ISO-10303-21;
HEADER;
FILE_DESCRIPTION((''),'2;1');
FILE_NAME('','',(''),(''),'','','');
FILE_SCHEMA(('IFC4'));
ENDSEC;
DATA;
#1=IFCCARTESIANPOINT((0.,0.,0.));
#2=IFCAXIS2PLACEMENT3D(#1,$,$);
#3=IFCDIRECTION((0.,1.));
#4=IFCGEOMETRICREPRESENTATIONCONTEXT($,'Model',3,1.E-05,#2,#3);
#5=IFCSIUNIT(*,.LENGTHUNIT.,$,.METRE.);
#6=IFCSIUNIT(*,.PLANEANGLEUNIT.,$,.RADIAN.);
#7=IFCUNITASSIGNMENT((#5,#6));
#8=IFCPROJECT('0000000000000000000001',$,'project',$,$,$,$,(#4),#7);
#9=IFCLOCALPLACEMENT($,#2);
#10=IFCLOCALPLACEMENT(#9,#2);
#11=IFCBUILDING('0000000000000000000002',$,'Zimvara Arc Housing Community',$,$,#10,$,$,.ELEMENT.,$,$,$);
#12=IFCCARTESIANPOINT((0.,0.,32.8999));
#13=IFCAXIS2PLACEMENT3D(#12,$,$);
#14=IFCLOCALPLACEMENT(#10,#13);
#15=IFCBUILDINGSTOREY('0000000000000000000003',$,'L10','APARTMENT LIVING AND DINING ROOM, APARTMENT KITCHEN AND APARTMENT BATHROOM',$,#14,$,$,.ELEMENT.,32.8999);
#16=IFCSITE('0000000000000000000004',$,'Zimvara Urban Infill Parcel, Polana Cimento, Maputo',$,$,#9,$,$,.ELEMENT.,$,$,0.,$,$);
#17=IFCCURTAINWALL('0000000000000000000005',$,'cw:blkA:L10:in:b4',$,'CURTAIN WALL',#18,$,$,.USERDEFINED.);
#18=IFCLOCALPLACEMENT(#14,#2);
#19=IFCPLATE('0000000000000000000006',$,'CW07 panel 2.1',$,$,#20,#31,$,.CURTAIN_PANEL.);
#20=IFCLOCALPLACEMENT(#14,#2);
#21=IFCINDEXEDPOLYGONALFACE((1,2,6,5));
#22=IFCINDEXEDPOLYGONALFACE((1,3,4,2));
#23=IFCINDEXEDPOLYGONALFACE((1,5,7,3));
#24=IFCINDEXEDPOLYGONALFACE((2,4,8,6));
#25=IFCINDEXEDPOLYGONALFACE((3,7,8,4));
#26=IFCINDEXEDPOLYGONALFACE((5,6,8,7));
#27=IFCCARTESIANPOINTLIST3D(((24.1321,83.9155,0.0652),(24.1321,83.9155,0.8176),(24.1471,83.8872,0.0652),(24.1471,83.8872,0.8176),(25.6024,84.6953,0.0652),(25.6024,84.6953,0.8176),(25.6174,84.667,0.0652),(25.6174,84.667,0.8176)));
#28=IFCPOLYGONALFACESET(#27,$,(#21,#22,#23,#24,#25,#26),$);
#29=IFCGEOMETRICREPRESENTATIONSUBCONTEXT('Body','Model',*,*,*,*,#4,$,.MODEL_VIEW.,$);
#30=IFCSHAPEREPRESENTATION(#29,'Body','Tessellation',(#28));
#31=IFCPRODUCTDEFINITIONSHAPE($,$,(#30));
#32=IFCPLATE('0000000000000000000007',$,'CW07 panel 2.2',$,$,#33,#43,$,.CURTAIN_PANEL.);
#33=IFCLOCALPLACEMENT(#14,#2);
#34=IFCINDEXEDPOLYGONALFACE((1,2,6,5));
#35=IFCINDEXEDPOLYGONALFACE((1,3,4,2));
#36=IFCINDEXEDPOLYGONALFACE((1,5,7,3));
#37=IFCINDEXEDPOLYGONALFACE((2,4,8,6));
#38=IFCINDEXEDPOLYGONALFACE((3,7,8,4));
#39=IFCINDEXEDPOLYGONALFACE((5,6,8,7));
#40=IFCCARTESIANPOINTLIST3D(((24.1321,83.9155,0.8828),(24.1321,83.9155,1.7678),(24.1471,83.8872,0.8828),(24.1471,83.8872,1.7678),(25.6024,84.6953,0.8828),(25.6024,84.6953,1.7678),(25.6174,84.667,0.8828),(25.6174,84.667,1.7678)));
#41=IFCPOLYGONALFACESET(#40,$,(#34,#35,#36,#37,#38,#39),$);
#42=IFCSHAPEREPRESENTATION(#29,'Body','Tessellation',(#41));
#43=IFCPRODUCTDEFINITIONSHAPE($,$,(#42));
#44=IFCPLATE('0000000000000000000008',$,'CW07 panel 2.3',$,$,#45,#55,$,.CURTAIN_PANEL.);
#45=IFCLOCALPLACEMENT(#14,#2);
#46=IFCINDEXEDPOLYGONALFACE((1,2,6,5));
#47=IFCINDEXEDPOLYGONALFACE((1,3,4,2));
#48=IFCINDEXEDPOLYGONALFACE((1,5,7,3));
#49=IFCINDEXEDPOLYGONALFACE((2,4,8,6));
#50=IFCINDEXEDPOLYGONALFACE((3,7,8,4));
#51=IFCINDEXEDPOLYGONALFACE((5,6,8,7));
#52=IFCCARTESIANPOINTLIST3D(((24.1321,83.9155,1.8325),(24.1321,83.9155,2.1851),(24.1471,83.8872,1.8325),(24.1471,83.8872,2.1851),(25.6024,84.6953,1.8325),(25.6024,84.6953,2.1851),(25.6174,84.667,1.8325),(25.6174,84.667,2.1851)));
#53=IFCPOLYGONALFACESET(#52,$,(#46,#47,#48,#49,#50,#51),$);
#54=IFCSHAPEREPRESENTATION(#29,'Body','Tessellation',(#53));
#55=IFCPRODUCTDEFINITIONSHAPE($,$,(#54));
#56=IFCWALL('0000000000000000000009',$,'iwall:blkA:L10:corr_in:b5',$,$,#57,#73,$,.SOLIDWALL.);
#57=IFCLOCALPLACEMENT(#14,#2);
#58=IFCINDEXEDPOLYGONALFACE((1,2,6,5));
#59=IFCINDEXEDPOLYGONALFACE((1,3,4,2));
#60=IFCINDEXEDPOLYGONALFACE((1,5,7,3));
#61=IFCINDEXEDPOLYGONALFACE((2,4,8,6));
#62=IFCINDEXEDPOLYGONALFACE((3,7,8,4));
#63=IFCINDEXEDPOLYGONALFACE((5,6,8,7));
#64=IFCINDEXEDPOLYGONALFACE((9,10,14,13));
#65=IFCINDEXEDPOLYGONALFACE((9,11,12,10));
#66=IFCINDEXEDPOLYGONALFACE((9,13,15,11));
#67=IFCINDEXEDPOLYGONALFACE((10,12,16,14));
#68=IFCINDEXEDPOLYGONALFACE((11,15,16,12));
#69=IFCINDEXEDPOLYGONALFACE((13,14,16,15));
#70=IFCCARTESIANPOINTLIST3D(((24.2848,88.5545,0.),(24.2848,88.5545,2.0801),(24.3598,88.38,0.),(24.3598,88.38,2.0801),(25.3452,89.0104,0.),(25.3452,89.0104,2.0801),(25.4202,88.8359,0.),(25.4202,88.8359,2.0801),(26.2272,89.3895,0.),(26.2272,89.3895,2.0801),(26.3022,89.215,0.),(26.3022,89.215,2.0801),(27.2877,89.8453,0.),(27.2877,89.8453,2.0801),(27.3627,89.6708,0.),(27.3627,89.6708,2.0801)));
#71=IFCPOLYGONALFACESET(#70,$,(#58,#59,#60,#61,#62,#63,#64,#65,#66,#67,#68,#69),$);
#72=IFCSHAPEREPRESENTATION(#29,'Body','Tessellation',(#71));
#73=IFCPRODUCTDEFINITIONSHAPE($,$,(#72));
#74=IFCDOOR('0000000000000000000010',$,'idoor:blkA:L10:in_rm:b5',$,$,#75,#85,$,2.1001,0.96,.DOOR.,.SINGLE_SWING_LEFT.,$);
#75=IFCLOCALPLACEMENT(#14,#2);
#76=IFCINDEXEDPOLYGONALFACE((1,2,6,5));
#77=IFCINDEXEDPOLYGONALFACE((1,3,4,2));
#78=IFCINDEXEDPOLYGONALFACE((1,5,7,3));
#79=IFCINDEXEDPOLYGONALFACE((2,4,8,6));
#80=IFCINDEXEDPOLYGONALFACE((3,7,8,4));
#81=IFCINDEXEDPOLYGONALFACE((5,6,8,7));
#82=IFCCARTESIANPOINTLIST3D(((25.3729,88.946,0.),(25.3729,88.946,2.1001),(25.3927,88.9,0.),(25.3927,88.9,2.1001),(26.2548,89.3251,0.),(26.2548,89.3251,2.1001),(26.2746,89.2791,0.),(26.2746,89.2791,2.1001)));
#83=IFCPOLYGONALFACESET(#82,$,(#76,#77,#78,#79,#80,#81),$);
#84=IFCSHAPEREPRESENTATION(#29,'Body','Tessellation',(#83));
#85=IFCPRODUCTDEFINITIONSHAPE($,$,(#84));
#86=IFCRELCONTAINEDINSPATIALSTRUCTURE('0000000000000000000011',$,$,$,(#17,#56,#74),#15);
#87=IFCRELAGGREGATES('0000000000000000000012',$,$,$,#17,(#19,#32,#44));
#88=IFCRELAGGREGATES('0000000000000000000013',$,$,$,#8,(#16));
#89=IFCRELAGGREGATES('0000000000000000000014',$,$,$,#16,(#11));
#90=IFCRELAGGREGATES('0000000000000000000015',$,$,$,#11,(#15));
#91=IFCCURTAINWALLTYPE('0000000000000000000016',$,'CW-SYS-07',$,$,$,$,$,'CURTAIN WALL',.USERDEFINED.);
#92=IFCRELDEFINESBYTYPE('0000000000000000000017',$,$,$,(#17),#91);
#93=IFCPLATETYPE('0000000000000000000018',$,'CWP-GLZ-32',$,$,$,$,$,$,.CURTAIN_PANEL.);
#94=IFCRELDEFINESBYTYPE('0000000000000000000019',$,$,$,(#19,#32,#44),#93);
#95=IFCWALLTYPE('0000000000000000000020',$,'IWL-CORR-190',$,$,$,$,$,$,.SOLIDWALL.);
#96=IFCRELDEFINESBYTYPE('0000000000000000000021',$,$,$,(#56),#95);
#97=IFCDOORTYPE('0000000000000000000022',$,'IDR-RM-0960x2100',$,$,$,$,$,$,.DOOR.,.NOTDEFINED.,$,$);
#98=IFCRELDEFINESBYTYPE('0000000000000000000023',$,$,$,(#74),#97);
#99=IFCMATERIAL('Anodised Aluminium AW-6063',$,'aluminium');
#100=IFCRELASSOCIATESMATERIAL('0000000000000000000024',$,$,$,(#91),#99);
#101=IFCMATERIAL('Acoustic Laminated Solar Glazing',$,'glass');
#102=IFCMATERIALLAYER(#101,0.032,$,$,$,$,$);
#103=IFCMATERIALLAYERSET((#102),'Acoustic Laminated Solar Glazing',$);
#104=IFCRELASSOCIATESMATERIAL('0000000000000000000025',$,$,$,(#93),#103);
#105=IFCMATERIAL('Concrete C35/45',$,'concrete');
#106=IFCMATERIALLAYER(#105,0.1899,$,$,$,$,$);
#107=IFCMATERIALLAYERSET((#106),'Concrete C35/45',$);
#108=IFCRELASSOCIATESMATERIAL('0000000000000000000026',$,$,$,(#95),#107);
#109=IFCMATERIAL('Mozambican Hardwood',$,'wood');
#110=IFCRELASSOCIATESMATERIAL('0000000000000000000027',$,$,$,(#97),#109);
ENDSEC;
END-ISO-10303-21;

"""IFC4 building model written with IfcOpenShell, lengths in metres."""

from ifc_helpers import new_model, si_unit, direction, frame, frame_2d, origin, origin_2d, place, context, subcontext, project, spatial, rectangle, extrude, material, layer, layer_set, type_object, element, fill, aggregate, save


model = new_model("IFC4")

# Units and contexts
model_context = context("Model", 3, precision=1e-05, world=origin(), true_north=direction((0.0, 1.0)))
body_context = subcontext(model_context, "Body", "Model", "MODEL_VIEW")
ifc_project = project(units=[si_unit("LENGTHUNIT", "METRE"), si_unit("PLANEANGLEUNIT", "RADIAN")], contexts=[model_context])

# Site, building, storey
site_placement = place(None, origin())
site = spatial("IfcSite", under=ifc_project, at=site_placement, Name="Zimvara Urban Infill Parcel, Polana Cimento, Maputo", CompositionType="ELEMENT", RefElevation=0.0)
building_placement = place(site_placement, origin())
building = spatial("IfcBuilding", under=site, at=building_placement, Name="Zimvara Arc Housing Community", CompositionType="ELEMENT")
storey_placement = place(building_placement, frame((0.0, 0.0, 32.8999)))
storey = spatial("IfcBuildingStorey", under=building, at=storey_placement, Name="L10", Description="APARTMENT LIVING AND DINING ROOM, APARTMENT KITCHEN AND APARTMENT BATHROOM", CompositionType="ELEMENT", Elevation=32.8999)

# Curtain wall, plates
ifc_material_1 = material(Name="Anodised Aluminium AW-6063", Category="aluminium")
curtain_wall_type = type_object("IfcCurtainWallType", Name="CW-SYS-07", ElementType="CURTAIN WALL", PredefinedType="USERDEFINED", material=ifc_material_1)
curtain_wall_placement = place(storey_placement, origin())
curtain_wall = element("IfcCurtainWall", 1, at=curtain_wall_placement, inside=storey, type_object=curtain_wall_type, Name="cw:blkA:L10:in:b4", ObjectType="CURTAIN WALL", PredefinedType="USERDEFINED")
ifc_material_2 = material(Name="Acoustic Laminated Solar Glazing", Category="glass")
ifc_layer_1 = layer(ifc_material_2, 0.032)
ifc_layer_set_1 = layer_set([ifc_layer_1], Name="Acoustic Laminated Solar Glazing")
plate_type = type_object("IfcPlateType", Name="CWP-GLZ-32", PredefinedType="CURTAIN_PANEL", material=ifc_layer_set_1)
plate_1_placement = place(storey_placement, frame((24.8748, 84.2913, 0.0652), z_axis=(0.0, 0.0, 1.0), x_axis=(0.88344, 0.468545, 0.0)))
plate_1 = element("IfcPlate", 2, at=plate_1_placement, type_object=plate_type, Name="CW07 panel 2.1", PredefinedType="CURTAIN_PANEL", context=body_context, shape_type="SweptSolid", body=[
    extrude(rectangle(XDim=1.6643, YDim=0.032, at=origin_2d()), origin(), (0.0, 0.0, 1.0), 0.7524),
])
plate_2_placement = place(storey_placement, frame((24.8748, 84.2913, 0.8828), z_axis=(0.0, 0.0, 1.0), x_axis=(0.88344, 0.468545, 0.0)))
plate_2 = element("IfcPlate", 3, at=plate_2_placement, type_object=plate_type, Name="CW07 panel 2.2", PredefinedType="CURTAIN_PANEL", context=body_context, shape_type="SweptSolid", body=[
    extrude(rectangle(XDim=1.6643, YDim=0.032, at=origin_2d()), origin(), (0.0, 0.0, 1.0), 0.885),
])
plate_3_placement = place(storey_placement, frame((24.8748, 84.2913, 1.8325), z_axis=(0.0, 0.0, 1.0), x_axis=(0.88344, 0.468545, 0.0)))
plate_3 = element("IfcPlate", 4, at=plate_3_placement, type_object=plate_type, Name="CW07 panel 2.3", PredefinedType="CURTAIN_PANEL", context=body_context, shape_type="SweptSolid", body=[
    extrude(rectangle(XDim=1.6643, YDim=0.032, at=origin_2d()), origin(), (0.0, 0.0, 1.0), 0.3525),
])
aggregate(curtain_wall, [plate_1, plate_2, plate_3])

# Wall, opening, door
ifc_material_3 = material(Name="Concrete C35/45", Category="concrete")
ifc_layer_2 = layer(ifc_material_3, 0.1899)
ifc_layer_set_2 = layer_set([ifc_layer_2], Name="Concrete C35/45")
wall_type = type_object("IfcWallType", Name="IWL-CORR-190", PredefinedType="SOLIDWALL", material=ifc_layer_set_2)
wall_placement = place(storey_placement, frame((24.3223, 88.4673, 0.0), z_axis=(0.0, 0.0, 1.0), x_axis=(0.918723, 0.394902, 0.0)))
wall = element("IfcWall", 5, at=wall_placement, inside=storey, type_object=wall_type, Name="iwall:blkA:L10:corr_in:b5", PredefinedType="SOLIDWALL", context=body_context, shape_type="SweptSolid", body=[
    extrude(rectangle(XDim=3.2686, YDim=0.1899, at=frame_2d((1.6343, 0.0))), origin(), (0.0, 0.0, 1.0), 2.0801),
])
opening_placement = place(wall_placement, frame((1.1543, 0.0, 0.0)))
opening = element("IfcOpeningElement", 6, at=opening_placement, cuts=wall, PredefinedType="OPENING", context=body_context, shape_type="SweptSolid", body=[
    extrude(rectangle(XDim=0.96, YDim=2.1001, at=frame_2d((0.48, 1.05))), frame((0.0, 0.105, 0.0), z_axis=(0.0, -1.0, 0.0), x_axis=(1.0, 0.0, 0.0)), (0.0, 0.0, 1.0), 0.21),
])
ifc_material_4 = material(Name="Mozambican Hardwood", Category="wood")
door_type = type_object("IfcDoorType", Name="IDR-RM-0960x2100", OperationType="NOTDEFINED", PredefinedType="DOOR", material=ifc_material_4)
door_placement = place(opening_placement, origin())
door = element("IfcDoor", 7, at=door_placement, inside=storey, type_object=door_type, Name="idoor:blkA:L10:in_rm:b5", OperationType="SINGLE_SWING_LEFT", OverallHeight=2.1001, OverallWidth=0.96, PredefinedType="DOOR", context=body_context, shape_type="SweptSolid", body=[
    extrude(rectangle(XDim=0.96, YDim=2.1001, at=frame_2d((0.48, 1.05))), frame((0.0, 0.0249, 0.0), z_axis=(0.0, -1.0, 0.0), x_axis=(1.0, 0.0, 0.0)), (0.0, 0.0, 1.0), 0.05),
])
fill(opening, door)

save(model, "model.ifc")
